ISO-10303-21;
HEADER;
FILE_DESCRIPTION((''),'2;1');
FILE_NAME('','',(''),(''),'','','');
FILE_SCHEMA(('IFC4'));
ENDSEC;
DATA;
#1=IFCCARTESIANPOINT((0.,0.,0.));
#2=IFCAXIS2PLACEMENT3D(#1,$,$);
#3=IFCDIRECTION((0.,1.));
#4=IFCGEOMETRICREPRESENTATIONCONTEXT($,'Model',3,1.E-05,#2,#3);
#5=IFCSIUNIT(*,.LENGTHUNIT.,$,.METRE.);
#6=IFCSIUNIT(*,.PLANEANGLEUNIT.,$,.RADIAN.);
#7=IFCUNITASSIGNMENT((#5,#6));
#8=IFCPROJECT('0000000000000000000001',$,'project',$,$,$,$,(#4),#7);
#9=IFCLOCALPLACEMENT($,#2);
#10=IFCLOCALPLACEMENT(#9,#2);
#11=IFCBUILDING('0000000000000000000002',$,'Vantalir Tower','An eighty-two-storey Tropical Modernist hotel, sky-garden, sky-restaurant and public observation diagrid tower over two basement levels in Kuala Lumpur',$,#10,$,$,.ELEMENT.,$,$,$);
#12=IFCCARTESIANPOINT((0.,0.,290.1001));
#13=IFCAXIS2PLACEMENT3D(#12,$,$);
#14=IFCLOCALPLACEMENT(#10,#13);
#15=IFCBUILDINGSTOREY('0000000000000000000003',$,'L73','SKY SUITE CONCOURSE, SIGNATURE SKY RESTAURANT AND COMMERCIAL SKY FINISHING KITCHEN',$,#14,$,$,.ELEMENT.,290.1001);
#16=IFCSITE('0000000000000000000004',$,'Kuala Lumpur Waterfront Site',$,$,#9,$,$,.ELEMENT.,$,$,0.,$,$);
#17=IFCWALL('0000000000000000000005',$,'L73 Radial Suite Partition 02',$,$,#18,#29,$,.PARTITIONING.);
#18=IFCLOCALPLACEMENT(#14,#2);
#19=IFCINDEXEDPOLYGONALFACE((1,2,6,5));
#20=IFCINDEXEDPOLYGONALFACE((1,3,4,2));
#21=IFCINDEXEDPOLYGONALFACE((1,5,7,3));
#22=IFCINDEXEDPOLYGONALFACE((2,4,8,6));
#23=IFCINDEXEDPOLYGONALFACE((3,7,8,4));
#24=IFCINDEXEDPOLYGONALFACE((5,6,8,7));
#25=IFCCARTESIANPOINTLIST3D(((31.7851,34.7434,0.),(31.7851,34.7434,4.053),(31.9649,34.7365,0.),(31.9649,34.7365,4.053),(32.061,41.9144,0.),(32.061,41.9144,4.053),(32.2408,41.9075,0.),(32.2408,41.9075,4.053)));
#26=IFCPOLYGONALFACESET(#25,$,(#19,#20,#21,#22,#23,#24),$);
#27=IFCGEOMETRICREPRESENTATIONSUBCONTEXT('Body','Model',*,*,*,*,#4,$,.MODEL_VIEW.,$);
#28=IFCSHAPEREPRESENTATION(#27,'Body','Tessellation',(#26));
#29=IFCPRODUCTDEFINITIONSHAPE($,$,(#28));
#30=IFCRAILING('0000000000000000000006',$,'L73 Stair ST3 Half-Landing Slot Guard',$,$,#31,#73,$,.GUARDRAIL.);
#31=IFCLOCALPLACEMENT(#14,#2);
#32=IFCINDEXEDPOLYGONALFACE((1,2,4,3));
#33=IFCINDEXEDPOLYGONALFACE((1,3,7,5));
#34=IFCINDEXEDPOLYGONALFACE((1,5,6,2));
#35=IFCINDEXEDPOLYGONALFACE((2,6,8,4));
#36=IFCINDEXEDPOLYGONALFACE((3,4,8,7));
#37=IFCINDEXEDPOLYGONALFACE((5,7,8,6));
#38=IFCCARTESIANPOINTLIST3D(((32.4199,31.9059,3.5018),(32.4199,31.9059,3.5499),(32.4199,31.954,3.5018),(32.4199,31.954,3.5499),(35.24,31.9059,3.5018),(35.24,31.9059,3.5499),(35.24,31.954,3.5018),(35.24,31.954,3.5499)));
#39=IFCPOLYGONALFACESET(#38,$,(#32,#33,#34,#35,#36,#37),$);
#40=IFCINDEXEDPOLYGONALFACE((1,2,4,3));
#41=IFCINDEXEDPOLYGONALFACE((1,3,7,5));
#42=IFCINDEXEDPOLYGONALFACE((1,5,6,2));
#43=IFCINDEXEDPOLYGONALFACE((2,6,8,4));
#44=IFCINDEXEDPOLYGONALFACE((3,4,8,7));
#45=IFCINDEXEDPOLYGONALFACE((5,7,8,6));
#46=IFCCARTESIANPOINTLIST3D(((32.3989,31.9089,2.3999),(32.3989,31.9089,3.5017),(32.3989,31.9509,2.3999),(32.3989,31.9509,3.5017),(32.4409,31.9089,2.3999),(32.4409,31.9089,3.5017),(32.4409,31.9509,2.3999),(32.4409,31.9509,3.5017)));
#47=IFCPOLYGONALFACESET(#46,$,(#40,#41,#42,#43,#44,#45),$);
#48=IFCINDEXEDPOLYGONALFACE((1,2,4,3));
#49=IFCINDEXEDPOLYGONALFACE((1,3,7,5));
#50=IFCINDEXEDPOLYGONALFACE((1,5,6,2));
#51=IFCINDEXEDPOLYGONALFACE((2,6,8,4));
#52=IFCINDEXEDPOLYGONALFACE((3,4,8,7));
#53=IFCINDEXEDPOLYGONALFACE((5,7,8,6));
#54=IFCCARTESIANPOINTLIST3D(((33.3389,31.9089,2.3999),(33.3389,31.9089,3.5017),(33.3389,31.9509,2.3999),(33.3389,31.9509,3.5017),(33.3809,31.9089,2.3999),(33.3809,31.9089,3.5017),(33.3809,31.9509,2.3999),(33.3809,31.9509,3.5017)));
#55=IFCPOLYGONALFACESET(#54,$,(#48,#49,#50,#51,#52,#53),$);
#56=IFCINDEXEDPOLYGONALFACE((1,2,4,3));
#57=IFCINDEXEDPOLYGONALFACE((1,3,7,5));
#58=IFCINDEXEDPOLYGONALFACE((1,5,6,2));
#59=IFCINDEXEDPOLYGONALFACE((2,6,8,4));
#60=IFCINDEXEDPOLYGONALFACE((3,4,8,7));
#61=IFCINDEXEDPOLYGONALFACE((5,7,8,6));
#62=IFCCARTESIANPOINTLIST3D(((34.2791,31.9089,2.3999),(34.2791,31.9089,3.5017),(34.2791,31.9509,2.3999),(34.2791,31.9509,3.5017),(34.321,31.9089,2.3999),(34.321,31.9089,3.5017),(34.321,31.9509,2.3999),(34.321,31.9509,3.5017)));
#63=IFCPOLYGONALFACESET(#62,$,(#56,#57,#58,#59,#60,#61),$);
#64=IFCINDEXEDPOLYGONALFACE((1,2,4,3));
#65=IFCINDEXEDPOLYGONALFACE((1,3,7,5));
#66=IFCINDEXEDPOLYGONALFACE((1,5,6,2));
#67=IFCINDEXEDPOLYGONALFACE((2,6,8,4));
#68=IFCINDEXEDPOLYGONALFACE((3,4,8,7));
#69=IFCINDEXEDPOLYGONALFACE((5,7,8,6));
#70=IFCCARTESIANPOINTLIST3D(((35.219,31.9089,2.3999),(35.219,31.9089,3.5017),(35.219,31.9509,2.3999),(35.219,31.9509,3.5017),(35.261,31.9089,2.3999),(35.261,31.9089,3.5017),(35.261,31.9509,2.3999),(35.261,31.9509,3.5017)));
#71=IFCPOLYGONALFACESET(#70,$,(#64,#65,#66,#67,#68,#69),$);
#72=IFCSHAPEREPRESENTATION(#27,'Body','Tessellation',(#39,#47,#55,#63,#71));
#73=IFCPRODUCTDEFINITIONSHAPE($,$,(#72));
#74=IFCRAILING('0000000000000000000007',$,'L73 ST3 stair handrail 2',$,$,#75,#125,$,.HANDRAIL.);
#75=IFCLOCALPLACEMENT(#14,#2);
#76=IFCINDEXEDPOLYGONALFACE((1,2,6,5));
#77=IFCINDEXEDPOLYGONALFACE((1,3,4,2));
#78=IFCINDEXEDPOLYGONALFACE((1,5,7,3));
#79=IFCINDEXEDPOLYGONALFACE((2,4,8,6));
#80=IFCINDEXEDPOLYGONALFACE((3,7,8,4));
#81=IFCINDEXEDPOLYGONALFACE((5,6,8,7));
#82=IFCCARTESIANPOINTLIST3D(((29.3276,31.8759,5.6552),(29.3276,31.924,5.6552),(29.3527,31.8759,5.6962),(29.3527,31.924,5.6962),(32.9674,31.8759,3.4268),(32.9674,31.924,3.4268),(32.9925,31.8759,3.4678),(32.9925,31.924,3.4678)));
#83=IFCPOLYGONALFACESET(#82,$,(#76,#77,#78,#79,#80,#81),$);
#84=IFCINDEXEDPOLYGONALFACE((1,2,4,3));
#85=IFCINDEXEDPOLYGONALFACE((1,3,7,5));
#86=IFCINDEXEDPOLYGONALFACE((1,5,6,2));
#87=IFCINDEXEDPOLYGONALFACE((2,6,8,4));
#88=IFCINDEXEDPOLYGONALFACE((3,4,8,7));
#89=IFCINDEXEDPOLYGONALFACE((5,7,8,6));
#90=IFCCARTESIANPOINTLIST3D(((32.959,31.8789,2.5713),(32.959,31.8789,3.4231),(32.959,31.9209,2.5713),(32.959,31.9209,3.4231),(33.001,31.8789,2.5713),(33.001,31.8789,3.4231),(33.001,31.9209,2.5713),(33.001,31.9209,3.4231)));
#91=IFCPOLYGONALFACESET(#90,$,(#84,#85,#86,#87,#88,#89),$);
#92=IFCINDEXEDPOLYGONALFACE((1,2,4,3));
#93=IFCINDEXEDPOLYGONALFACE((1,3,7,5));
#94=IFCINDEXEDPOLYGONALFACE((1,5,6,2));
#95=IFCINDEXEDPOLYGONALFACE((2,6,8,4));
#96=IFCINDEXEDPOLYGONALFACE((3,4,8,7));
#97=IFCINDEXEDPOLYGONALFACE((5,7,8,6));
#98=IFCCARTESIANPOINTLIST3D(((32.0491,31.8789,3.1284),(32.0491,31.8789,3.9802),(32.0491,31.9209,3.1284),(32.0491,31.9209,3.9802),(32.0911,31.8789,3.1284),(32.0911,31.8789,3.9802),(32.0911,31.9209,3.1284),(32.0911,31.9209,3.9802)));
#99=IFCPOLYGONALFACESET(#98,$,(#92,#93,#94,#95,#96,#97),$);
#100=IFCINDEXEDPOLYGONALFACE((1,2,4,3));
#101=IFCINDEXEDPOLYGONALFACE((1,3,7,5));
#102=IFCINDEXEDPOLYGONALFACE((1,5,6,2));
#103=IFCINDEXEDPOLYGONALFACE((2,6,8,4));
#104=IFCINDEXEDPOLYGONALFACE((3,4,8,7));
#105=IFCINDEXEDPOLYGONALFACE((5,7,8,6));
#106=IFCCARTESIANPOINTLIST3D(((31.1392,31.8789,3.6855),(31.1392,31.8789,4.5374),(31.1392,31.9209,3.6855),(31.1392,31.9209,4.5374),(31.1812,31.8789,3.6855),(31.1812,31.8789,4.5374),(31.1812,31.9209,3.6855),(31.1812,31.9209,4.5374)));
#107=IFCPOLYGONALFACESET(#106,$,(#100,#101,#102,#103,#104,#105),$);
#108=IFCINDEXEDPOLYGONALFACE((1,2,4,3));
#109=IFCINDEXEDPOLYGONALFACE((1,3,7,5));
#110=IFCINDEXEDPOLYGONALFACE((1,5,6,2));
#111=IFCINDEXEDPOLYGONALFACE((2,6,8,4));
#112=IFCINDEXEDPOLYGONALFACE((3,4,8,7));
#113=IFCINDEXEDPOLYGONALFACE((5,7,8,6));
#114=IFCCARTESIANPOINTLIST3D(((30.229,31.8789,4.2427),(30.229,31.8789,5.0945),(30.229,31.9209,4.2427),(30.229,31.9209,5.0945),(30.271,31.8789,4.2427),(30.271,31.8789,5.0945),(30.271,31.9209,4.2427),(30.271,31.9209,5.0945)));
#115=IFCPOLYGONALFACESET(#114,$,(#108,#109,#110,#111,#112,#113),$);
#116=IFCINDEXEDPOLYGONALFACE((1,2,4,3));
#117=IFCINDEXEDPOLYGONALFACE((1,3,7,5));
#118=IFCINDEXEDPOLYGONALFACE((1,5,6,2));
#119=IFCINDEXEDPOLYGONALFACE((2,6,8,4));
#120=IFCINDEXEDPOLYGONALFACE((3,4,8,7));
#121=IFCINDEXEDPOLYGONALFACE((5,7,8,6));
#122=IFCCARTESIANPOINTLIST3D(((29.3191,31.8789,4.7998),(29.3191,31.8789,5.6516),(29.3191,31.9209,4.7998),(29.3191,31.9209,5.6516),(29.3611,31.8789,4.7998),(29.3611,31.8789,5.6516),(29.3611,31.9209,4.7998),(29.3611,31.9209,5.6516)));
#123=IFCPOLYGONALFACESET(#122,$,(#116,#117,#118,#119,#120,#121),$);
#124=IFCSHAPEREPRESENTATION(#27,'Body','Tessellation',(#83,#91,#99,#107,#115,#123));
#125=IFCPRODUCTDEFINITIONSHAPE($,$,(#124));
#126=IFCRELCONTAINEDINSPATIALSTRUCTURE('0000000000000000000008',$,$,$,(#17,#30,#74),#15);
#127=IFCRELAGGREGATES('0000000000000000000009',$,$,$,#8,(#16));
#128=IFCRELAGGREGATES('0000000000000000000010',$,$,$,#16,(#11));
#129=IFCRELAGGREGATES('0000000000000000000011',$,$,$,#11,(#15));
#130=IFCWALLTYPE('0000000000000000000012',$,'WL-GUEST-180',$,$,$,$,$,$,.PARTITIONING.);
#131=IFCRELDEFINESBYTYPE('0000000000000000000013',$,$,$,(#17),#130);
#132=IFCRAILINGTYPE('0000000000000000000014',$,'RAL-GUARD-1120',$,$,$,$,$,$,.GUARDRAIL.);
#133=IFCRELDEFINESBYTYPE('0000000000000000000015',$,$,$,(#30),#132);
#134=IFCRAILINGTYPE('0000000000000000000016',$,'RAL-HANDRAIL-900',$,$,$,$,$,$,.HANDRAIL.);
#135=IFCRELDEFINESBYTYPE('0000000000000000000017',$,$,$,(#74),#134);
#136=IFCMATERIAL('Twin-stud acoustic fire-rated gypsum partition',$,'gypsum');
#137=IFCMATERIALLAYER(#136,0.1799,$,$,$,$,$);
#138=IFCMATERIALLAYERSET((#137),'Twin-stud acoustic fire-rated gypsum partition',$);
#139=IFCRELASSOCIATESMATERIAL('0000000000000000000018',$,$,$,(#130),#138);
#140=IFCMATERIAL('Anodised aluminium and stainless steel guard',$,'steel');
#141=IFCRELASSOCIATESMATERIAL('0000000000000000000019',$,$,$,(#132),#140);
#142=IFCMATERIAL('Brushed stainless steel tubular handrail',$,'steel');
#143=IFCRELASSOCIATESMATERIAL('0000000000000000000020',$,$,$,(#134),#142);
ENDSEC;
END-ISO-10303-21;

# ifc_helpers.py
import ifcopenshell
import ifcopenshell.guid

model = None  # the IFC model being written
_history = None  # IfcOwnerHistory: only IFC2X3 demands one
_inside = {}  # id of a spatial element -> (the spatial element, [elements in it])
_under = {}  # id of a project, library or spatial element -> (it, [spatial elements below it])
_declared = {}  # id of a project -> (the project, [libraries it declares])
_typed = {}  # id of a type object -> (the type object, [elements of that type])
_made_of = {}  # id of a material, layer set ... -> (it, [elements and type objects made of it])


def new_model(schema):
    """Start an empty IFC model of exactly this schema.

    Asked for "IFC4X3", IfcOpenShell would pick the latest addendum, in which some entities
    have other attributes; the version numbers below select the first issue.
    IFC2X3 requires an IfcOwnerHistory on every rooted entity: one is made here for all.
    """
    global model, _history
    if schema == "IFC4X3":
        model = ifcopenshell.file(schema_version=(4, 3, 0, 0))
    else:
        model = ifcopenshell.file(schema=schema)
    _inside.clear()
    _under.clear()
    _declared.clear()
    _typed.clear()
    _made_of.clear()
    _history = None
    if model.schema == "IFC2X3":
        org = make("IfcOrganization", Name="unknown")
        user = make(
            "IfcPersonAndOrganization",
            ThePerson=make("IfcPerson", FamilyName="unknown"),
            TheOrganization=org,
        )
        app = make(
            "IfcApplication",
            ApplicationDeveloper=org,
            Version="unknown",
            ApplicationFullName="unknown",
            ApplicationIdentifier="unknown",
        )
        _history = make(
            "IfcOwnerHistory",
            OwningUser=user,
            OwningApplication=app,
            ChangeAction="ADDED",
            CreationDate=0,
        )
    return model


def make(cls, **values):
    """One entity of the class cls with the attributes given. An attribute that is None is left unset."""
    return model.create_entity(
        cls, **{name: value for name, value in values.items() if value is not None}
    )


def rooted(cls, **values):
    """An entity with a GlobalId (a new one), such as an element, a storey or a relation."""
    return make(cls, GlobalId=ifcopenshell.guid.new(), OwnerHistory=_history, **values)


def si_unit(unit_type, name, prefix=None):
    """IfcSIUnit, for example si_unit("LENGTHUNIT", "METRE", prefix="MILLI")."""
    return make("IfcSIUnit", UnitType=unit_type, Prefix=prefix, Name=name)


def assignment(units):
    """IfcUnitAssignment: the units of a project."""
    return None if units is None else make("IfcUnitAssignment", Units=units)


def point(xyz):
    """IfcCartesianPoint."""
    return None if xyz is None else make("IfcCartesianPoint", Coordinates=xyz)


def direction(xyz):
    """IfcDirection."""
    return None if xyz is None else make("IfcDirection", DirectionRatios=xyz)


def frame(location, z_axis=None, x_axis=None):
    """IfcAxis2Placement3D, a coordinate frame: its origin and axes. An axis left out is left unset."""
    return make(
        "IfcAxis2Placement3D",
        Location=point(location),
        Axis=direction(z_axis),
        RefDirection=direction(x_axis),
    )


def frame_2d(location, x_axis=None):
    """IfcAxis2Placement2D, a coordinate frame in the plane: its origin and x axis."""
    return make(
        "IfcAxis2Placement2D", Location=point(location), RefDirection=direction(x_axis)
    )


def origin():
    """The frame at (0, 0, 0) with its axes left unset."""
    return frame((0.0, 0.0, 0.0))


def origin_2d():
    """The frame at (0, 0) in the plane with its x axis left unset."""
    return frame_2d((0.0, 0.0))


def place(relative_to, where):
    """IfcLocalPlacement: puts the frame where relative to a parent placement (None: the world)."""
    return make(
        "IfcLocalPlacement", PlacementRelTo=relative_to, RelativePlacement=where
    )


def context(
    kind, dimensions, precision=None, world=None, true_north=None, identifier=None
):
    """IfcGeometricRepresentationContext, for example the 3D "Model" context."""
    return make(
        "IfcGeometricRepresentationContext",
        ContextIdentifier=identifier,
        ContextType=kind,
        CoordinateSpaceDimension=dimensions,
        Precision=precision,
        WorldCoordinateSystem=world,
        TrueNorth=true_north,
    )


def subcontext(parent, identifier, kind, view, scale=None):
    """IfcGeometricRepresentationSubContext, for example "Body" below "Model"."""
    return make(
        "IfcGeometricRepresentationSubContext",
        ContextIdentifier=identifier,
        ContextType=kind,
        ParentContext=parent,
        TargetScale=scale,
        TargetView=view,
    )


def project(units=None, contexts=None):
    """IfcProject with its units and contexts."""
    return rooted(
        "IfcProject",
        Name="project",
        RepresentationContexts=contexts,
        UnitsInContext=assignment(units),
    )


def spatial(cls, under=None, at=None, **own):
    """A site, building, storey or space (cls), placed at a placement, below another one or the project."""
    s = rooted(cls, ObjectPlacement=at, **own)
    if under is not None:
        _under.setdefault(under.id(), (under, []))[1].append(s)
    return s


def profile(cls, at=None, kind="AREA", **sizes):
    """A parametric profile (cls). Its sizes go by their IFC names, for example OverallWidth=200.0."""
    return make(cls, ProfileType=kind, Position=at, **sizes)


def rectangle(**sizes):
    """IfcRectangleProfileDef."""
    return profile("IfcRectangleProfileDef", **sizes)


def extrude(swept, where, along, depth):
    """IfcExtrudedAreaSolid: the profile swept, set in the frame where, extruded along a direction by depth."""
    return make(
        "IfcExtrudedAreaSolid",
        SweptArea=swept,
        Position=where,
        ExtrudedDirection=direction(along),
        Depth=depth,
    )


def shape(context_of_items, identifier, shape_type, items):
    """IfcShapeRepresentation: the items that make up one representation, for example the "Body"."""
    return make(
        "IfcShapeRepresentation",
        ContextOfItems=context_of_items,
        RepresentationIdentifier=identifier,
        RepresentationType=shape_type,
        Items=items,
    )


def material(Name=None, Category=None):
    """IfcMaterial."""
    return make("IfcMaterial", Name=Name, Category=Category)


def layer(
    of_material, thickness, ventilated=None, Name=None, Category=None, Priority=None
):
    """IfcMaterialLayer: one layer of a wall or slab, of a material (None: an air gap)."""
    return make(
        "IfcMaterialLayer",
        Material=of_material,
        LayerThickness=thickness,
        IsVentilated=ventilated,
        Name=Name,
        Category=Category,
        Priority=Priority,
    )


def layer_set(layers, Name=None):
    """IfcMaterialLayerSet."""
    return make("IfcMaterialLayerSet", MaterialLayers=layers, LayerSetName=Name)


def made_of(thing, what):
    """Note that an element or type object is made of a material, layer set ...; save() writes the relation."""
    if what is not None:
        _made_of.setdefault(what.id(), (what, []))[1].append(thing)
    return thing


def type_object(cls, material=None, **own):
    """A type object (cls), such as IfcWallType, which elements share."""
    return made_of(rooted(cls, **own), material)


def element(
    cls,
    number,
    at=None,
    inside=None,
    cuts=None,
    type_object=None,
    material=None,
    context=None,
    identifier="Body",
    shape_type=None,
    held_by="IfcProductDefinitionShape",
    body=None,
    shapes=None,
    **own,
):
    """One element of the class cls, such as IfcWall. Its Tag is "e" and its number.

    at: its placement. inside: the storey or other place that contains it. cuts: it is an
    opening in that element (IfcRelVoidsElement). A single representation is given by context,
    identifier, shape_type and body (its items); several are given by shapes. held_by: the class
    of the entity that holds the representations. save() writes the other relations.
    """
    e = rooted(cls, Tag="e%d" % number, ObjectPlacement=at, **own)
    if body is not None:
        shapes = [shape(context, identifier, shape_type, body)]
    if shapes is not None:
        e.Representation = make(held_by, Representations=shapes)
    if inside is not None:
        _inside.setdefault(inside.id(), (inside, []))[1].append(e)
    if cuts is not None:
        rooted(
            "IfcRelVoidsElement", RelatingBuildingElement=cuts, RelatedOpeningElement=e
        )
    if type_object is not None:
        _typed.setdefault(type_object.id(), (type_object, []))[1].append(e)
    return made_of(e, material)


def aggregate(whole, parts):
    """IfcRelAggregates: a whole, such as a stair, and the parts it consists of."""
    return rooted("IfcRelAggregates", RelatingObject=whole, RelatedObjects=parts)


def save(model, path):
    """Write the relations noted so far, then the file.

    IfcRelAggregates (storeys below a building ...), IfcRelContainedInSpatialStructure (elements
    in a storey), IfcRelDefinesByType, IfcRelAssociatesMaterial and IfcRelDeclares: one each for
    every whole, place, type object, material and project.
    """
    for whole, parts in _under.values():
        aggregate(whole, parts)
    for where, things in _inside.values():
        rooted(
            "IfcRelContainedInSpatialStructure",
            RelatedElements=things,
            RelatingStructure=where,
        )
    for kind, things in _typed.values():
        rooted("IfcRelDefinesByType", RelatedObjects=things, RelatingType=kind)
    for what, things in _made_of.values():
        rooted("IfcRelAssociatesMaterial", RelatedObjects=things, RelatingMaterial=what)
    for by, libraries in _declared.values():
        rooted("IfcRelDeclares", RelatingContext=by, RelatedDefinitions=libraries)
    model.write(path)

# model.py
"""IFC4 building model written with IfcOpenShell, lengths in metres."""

from ifc_helpers import new_model, si_unit, direction, frame, frame_2d, origin, origin_2d, place, context, subcontext, project, spatial, rectangle, extrude, material, layer, layer_set, type_object, element, save


model = new_model("IFC4")

# Units and contexts
model_context = context("Model", 3, precision=1e-05, world=origin(), true_north=direction((0.0, 1.0)))
body_context = subcontext(model_context, "Body", "Model", "MODEL_VIEW")
ifc_project = project(units=[si_unit("LENGTHUNIT", "METRE"), si_unit("PLANEANGLEUNIT", "RADIAN")], contexts=[model_context])

# Site, building, storey
site_placement = place(None, origin())
site = spatial("IfcSite", under=ifc_project, at=site_placement, Name="Kuala Lumpur Waterfront Site", CompositionType="ELEMENT", RefElevation=0.0)
building_placement = place(site_placement, origin())
building = spatial("IfcBuilding", under=site, at=building_placement, Name="Vantalir Tower", Description="An eighty-two-storey Tropical Modernist hotel, sky-garden, sky-restaurant and public observation diagrid tower over two basement levels in Kuala Lumpur", CompositionType="ELEMENT")
storey_placement = place(building_placement, frame((0.0, 0.0, 290.1001)))
storey = spatial("IfcBuildingStorey", under=building, at=storey_placement, Name="L73", Description="SKY SUITE CONCOURSE, SIGNATURE SKY RESTAURANT AND COMMERCIAL SKY FINISHING KITCHEN", CompositionType="ELEMENT", Elevation=290.1001)

# Wall
ifc_material_1 = material(Name="Twin-stud acoustic fire-rated gypsum partition", Category="gypsum")
ifc_layer_1 = layer(ifc_material_1, 0.1799)
ifc_layer_set_1 = layer_set([ifc_layer_1], Name="Twin-stud acoustic fire-rated gypsum partition")
wall_type_1 = type_object("IfcWallType", Name="WL-GUEST-180", PredefinedType="PARTITIONING", material=ifc_layer_set_1)
wall_1_placement = place(storey_placement, frame((31.875, 34.74, 0.0), z_axis=(0.0, 0.0, 1.0), x_axis=(0.038444, 0.999261, 0.0)))
element("IfcWall", 1, at=wall_1_placement, inside=storey, type_object=wall_type_1, Name="L73 Radial Suite Partition 02", PredefinedType="PARTITIONING", context=body_context, shape_type="SweptSolid", body=[
    extrude(rectangle(XDim=7.1763, YDim=0.1799, at=frame_2d((3.5881, 0.0))), origin(), (0.0, 0.0, 1.0), 4.053),
])

# Railings
ifc_material_2 = material(Name="Anodised aluminium and stainless steel guard", Category="steel")
railing_type_1 = type_object("IfcRailingType", Name="RAL-GUARD-1120", PredefinedType="GUARDRAIL", material=ifc_material_2)
railing_1_placement = place(storey_placement, frame((32.4199, 31.9299, 2.3999)))
element("IfcRailing", 2, at=railing_1_placement, inside=storey, type_object=railing_type_1, Name="L73 Stair ST3 Half-Landing Slot Guard", PredefinedType="GUARDRAIL", context=body_context, shape_type="SweptSolid", body=[
    extrude(rectangle(XDim=0.0481, YDim=0.0481, at=origin_2d()), frame((0.0, 0.0, 1.126), z_axis=(1.0, 0.0, 0.0), x_axis=(0.0, 1.0, 0.0)), (0.0, 0.0, 1.0), 2.8201),
    extrude(rectangle(XDim=0.042, YDim=0.042, at=origin_2d()), origin(), (0.0, 0.0, 1.0), 1.1018),
    extrude(rectangle(XDim=0.042, YDim=0.042, at=origin_2d()), frame((0.9399, 0.0, 0.0)), (0.0, 0.0, 1.0), 1.1018),
    extrude(rectangle(XDim=0.042, YDim=0.042, at=origin_2d()), frame((1.8801, 0.0, 0.0)), (0.0, 0.0, 1.0), 1.1018),
    extrude(rectangle(XDim=0.042, YDim=0.042, at=origin_2d()), frame((2.8201, 0.0, 0.0)), (0.0, 0.0, 1.0), 1.1018),
])
ifc_material_3 = material(Name="Brushed stainless steel tubular handrail", Category="steel")
railing_type_2 = type_object("IfcRailingType", Name="RAL-HANDRAIL-900", PredefinedType="HANDRAIL", material=ifc_material_3)
railing_2_placement = place(storey_placement, frame((32.98, 31.8999, 2.5713)))
element("IfcRailing", 3, at=railing_2_placement, inside=storey, type_object=railing_type_2, Name="L73 ST3 stair handrail 2", PredefinedType="HANDRAIL", context=body_context, shape_type="SweptSolid", body=[
    extrude(rectangle(XDim=0.0481, YDim=0.0481, at=origin_2d()), frame((0.0, 0.0, 0.876), z_axis=(-0.85285, 0.0, 0.522156), x_axis=(0.0, -1.0, 0.0)), (0.0, 0.0, 1.0), 4.2678),
    extrude(rectangle(XDim=0.042, YDim=0.042, at=origin_2d()), origin(), (0.0, 0.0, 1.0), 0.8518),
    extrude(rectangle(XDim=0.042, YDim=0.042, at=origin_2d()), frame((-0.9099, 0.0, 0.5571)), (0.0, 0.0, 1.0), 0.8518),
    extrude(rectangle(XDim=0.042, YDim=0.042, at=origin_2d()), frame((-1.8198, 0.0, 1.1143)), (0.0, 0.0, 1.0), 0.8518),
    extrude(rectangle(XDim=0.042, YDim=0.042, at=origin_2d()), frame((-2.73, 0.0, 1.6714)), (0.0, 0.0, 1.0), 0.8518),
    extrude(rectangle(XDim=0.042, YDim=0.042, at=origin_2d()), frame((-3.6399, 0.0, 2.2285)), (0.0, 0.0, 1.0), 0.8518),
])

save(model, "model.ifc")
